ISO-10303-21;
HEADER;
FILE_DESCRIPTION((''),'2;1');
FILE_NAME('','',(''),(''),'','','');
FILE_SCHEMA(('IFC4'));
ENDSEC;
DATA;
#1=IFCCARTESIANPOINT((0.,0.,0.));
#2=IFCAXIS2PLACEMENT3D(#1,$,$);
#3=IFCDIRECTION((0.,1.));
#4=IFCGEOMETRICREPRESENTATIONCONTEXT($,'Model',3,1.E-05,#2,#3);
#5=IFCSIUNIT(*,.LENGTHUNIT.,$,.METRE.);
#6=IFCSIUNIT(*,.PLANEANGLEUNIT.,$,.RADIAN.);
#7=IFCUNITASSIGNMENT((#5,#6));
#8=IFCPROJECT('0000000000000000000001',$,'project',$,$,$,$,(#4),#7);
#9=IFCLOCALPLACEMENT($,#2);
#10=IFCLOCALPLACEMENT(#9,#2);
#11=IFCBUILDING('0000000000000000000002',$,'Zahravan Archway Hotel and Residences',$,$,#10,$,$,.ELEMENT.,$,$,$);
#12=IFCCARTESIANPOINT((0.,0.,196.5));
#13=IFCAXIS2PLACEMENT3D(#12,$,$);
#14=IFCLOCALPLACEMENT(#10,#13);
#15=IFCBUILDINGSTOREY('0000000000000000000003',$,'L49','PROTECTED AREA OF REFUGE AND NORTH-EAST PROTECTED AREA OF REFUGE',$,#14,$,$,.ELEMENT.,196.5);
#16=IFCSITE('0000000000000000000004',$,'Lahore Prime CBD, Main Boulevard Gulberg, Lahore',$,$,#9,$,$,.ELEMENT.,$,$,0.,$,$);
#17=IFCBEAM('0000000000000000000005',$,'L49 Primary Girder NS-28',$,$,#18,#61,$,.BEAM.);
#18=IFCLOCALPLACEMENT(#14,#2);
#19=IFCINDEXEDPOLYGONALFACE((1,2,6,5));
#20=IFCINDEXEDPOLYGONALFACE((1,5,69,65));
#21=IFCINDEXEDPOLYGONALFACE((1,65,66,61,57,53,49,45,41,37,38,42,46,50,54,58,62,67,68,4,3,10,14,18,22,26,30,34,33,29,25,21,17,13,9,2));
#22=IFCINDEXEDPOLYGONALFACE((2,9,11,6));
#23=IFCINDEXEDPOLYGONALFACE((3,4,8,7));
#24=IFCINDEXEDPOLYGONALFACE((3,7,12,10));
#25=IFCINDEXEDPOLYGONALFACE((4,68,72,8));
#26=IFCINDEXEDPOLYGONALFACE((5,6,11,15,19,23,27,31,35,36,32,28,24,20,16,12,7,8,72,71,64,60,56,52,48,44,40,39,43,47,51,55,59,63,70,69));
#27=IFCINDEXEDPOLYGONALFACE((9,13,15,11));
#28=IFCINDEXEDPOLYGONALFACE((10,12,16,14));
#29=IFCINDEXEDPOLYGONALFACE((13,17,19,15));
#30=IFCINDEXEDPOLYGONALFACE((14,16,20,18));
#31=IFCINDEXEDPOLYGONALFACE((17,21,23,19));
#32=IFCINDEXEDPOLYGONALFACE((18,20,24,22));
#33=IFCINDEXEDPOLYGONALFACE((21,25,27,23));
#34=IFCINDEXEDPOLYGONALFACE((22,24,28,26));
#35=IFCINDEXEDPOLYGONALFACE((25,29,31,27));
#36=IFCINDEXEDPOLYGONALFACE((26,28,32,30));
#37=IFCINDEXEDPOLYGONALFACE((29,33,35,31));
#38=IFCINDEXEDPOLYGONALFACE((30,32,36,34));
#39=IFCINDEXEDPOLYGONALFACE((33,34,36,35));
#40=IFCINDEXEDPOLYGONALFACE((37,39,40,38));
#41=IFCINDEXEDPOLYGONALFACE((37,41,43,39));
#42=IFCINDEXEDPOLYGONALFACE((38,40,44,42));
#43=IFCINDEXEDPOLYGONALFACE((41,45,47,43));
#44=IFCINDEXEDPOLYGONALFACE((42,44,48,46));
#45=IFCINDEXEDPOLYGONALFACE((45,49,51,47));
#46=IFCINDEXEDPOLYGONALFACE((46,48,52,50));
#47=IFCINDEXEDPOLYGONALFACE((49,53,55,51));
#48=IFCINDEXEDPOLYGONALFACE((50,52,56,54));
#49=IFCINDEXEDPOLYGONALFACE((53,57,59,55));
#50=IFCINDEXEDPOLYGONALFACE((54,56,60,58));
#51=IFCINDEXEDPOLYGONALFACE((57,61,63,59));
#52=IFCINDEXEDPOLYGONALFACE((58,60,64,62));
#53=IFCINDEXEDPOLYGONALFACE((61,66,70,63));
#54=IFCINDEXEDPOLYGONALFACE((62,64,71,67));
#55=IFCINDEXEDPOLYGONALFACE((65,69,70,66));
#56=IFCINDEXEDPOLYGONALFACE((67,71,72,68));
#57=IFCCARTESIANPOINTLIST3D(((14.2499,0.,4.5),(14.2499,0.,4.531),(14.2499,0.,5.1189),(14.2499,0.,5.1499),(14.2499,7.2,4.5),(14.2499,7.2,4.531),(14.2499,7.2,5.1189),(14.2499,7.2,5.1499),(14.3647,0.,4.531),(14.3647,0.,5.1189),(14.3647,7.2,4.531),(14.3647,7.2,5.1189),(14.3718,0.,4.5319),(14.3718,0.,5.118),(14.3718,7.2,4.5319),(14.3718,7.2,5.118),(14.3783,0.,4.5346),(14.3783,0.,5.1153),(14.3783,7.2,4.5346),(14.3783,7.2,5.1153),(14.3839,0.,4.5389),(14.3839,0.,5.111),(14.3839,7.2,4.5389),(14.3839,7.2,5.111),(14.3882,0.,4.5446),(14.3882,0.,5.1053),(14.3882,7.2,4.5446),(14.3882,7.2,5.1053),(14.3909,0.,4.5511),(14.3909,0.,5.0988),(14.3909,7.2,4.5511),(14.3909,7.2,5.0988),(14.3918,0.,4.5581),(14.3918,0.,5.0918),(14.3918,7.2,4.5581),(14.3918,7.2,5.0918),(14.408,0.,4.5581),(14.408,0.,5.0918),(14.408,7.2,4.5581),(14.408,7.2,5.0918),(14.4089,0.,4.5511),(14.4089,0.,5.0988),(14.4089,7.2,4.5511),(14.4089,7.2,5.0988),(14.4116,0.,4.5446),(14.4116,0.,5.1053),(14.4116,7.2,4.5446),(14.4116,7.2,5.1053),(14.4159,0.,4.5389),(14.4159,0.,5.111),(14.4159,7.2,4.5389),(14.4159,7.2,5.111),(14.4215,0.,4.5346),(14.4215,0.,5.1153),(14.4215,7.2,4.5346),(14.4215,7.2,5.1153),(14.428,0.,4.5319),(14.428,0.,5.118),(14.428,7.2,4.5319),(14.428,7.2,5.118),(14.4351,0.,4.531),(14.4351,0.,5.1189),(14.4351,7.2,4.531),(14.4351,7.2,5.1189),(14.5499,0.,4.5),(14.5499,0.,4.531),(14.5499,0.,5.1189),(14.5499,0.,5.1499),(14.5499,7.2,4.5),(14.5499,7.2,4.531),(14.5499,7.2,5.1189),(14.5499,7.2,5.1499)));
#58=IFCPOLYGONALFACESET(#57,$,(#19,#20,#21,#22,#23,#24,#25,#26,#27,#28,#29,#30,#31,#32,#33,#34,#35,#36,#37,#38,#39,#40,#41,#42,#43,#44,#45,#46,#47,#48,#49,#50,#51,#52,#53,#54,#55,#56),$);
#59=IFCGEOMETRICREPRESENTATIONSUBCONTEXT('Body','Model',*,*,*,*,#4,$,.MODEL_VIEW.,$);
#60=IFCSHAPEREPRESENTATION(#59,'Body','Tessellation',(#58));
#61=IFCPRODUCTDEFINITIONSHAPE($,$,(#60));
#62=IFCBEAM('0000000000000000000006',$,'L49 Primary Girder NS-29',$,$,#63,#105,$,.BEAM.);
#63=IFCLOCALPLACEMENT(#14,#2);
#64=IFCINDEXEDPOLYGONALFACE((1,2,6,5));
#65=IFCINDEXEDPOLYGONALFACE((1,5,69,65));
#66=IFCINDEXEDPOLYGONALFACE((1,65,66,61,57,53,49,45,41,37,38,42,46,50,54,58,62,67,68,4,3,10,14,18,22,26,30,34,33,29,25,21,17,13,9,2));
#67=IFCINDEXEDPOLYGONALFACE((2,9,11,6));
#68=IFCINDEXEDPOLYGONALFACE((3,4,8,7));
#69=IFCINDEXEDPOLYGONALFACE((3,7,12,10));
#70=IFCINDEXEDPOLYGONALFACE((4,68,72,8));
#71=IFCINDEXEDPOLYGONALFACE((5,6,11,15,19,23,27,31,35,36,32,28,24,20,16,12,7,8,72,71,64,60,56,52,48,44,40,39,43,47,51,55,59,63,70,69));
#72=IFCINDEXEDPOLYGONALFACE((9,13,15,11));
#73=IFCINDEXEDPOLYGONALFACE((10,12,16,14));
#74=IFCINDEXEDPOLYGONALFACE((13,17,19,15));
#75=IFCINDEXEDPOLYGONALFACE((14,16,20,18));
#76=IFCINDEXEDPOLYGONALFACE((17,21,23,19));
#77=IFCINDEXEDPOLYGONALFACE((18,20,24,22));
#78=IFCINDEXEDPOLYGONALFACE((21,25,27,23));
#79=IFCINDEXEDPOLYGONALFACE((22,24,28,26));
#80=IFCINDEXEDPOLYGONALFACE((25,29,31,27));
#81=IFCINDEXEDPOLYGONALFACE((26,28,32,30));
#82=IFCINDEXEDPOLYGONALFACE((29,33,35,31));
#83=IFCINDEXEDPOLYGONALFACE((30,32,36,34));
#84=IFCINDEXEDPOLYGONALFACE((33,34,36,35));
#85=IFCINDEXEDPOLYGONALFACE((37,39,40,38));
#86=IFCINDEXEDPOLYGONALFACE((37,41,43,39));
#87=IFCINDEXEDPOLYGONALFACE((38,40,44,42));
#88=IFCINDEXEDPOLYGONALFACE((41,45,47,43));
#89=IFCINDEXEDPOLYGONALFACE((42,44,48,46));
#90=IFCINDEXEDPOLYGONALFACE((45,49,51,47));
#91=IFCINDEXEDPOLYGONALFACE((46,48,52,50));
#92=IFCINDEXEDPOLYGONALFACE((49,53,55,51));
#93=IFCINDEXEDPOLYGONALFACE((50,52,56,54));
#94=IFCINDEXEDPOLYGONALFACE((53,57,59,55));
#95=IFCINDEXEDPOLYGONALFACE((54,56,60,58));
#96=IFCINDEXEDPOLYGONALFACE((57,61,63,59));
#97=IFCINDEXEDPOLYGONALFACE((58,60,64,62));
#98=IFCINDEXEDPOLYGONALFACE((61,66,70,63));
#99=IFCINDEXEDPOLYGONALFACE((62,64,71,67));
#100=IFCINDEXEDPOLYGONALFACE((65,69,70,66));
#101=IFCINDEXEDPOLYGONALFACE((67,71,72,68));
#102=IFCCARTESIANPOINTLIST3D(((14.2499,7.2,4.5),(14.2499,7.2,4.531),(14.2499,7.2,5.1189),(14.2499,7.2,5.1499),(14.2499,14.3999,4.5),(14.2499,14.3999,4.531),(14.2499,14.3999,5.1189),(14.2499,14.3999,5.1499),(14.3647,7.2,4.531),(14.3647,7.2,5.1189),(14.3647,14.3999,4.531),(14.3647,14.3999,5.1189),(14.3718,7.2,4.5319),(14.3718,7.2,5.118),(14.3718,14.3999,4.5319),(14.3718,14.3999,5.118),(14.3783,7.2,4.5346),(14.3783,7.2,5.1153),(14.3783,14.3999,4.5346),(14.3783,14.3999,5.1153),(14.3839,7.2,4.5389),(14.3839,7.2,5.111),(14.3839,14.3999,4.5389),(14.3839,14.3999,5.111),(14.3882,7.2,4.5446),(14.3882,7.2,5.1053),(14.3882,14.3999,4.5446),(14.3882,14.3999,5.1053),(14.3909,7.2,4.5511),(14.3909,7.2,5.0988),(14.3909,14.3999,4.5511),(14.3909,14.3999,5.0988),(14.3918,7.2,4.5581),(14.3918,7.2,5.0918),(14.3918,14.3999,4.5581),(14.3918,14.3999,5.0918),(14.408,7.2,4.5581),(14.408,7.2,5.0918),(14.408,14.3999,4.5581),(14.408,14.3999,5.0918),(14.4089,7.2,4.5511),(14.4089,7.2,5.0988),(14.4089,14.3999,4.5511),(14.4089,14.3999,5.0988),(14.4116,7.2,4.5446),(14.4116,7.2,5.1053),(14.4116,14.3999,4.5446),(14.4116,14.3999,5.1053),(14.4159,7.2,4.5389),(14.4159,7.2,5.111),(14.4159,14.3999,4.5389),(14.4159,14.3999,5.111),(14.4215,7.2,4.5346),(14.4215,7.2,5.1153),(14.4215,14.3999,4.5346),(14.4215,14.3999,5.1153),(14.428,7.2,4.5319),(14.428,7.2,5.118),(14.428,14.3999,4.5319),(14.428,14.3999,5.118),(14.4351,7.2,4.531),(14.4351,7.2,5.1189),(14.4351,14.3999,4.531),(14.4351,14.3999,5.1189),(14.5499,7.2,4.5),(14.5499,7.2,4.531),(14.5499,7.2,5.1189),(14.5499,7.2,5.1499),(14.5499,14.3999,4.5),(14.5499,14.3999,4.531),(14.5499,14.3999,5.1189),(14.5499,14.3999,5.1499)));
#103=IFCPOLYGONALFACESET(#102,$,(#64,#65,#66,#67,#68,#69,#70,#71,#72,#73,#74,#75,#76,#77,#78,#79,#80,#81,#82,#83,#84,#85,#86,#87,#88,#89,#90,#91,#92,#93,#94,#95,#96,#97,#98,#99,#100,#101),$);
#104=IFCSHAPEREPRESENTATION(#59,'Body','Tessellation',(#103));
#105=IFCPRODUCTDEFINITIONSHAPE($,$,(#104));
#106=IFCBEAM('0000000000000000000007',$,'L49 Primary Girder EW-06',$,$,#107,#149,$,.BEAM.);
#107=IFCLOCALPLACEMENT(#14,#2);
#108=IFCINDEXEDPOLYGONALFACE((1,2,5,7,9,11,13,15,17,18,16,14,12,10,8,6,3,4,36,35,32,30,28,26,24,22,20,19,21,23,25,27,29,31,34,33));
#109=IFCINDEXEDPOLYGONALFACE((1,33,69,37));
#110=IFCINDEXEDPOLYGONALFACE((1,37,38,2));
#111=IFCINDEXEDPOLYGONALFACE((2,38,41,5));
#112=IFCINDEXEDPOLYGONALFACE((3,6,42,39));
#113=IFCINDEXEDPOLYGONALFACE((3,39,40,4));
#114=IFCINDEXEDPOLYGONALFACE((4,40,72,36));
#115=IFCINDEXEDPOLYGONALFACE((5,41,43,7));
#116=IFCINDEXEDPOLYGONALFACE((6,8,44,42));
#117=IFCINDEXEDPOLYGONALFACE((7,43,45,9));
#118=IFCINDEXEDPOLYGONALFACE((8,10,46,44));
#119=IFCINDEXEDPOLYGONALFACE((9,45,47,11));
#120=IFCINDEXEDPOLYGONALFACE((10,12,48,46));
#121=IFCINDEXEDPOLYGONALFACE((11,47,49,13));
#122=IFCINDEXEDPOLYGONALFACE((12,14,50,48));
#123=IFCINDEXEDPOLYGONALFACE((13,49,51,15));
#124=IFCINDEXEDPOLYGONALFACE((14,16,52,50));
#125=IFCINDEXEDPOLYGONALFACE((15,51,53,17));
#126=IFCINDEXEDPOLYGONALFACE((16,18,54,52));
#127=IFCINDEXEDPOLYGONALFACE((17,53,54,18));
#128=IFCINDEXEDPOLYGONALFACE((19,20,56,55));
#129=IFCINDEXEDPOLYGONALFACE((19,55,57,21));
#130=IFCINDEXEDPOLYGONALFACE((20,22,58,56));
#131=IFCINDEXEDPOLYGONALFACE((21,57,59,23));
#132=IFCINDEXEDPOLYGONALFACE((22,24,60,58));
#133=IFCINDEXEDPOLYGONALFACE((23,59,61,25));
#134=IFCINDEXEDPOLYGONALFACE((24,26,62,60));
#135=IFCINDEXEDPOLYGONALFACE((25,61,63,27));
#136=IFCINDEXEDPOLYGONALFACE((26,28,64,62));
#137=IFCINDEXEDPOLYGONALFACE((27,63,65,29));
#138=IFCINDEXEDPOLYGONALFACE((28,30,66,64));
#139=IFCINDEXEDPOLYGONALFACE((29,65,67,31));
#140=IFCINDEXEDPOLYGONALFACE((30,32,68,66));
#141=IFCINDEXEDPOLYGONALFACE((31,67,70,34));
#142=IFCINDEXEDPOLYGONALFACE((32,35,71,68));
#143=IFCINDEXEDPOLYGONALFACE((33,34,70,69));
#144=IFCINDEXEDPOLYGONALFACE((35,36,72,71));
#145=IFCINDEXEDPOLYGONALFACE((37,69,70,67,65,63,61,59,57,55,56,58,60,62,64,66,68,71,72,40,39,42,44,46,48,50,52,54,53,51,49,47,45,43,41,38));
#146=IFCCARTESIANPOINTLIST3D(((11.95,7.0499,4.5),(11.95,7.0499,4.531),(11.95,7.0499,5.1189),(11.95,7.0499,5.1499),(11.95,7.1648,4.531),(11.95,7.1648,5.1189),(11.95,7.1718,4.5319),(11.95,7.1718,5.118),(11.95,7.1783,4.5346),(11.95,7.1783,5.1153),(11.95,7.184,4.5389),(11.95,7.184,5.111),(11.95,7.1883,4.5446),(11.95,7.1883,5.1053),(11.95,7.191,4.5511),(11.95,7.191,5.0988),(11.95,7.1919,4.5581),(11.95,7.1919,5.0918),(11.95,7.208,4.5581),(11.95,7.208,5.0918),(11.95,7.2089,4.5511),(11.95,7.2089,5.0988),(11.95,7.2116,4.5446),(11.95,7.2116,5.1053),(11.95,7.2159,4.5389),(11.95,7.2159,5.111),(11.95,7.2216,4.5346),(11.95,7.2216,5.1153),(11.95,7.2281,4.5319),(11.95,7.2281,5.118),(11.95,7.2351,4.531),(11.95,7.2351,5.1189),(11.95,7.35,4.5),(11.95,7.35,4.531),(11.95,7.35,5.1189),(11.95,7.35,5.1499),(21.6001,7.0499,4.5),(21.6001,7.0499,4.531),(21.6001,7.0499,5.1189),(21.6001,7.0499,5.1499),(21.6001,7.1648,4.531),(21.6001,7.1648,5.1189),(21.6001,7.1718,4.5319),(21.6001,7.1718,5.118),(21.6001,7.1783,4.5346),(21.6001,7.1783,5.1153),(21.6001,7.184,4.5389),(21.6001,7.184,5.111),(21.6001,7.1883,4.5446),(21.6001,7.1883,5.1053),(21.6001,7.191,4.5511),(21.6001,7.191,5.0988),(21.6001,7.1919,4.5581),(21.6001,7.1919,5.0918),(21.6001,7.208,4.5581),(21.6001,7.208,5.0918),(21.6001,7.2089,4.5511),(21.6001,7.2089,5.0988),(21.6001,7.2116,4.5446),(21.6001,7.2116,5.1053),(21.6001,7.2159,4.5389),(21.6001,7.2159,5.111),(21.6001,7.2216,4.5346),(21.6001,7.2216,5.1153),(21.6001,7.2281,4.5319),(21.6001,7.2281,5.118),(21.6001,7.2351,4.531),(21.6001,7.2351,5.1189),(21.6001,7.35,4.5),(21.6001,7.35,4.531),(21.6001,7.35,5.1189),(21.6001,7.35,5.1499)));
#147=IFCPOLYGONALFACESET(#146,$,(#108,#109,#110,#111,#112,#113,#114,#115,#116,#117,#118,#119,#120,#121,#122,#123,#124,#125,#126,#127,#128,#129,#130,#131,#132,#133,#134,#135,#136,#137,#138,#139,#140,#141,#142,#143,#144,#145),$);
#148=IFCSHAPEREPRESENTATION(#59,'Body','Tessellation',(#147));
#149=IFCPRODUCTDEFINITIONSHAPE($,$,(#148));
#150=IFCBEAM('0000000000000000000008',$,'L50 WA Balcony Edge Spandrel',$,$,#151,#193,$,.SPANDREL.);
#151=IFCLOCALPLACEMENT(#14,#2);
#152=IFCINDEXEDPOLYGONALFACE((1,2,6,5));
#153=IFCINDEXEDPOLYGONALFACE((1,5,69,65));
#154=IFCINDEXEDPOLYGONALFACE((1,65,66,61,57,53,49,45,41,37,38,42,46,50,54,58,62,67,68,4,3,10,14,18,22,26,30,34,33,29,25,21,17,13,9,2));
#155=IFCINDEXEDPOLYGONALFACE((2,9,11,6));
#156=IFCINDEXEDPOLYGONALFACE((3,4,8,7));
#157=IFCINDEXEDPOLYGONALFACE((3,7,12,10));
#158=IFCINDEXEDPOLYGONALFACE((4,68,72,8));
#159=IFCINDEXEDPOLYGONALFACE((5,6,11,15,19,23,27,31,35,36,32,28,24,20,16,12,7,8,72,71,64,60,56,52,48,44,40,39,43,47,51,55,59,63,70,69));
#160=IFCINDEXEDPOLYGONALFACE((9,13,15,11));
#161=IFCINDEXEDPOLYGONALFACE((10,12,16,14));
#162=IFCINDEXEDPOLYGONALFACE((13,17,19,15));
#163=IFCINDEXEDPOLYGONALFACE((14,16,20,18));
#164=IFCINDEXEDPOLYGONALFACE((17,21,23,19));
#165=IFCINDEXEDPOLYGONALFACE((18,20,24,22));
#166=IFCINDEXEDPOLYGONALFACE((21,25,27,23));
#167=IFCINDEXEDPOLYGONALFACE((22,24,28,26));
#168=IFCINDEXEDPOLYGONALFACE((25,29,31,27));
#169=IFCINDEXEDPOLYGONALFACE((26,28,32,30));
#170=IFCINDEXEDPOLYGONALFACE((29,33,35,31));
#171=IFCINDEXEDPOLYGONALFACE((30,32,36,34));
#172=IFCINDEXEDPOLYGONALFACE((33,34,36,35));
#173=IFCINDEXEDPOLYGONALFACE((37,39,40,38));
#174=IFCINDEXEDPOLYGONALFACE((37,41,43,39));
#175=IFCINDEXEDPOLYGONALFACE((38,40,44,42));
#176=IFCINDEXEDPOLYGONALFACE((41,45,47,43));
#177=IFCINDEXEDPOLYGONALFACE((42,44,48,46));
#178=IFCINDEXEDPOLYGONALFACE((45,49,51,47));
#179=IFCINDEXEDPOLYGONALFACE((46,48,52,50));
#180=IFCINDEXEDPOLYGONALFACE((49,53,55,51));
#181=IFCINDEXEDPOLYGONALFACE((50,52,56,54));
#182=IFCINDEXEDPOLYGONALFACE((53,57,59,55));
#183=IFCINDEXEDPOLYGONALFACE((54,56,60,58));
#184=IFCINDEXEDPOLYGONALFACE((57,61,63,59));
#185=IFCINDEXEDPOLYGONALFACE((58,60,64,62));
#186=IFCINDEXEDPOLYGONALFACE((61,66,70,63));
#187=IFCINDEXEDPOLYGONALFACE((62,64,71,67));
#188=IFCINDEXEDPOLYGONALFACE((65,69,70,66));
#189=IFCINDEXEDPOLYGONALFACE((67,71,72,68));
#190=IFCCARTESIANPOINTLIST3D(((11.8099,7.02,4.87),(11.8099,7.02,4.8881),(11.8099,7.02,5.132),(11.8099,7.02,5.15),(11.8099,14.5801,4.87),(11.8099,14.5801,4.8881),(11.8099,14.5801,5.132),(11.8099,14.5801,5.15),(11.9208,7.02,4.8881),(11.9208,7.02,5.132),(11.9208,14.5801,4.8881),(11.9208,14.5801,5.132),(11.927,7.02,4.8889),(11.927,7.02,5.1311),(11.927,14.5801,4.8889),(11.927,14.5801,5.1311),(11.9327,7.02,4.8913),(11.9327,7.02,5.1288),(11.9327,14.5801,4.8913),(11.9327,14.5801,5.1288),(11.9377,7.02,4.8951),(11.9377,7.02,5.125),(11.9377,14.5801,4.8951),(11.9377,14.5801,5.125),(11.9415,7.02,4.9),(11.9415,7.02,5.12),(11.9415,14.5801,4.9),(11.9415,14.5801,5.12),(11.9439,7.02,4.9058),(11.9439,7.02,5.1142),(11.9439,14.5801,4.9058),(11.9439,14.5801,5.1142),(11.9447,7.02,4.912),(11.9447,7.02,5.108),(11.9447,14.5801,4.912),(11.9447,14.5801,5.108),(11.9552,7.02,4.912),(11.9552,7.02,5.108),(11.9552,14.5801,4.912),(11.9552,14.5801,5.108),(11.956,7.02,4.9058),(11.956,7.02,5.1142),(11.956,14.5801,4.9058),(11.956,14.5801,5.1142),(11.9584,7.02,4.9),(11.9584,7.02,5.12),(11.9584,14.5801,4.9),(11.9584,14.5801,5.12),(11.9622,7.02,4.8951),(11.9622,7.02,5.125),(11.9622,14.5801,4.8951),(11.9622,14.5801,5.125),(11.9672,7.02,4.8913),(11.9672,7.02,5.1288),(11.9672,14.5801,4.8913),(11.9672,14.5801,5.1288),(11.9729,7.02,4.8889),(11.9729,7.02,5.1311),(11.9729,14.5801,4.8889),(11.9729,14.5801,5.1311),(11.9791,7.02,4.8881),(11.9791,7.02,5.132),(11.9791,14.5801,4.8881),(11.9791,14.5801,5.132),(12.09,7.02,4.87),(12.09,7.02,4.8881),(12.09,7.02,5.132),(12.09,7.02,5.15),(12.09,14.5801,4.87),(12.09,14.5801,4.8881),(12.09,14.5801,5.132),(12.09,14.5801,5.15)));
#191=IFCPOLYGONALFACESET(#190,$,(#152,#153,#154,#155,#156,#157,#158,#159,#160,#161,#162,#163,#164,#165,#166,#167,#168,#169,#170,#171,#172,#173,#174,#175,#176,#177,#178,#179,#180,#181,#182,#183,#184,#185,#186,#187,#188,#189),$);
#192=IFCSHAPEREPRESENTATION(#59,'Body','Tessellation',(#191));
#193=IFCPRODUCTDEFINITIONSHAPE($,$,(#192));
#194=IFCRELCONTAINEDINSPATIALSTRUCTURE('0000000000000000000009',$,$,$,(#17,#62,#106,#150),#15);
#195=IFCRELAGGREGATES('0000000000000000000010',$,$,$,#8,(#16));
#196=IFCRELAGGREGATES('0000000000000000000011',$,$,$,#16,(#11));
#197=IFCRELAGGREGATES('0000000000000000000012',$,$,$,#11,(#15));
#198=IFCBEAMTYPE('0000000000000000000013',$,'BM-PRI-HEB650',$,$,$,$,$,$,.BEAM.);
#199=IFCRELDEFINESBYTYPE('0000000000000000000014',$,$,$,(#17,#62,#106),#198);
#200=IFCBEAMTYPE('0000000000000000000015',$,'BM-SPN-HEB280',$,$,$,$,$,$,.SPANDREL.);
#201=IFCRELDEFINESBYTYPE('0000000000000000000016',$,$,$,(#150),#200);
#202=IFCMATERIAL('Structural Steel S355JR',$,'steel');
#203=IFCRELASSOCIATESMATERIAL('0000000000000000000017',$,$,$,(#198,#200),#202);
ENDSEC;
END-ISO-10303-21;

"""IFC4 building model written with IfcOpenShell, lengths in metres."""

from ifc_helpers import new_model, si_unit, direction, frame, origin, origin_2d, place, context, subcontext, project, spatial, i_section, extrude, source, transform, mapped, material, material_profile, profile_set, type_object, type_shapes, element, save


model = new_model("IFC4")

# Units and contexts
model_context = context("Model", 3, precision=1e-05, world=origin(), true_north=direction((0.0, 1.0)))
body_context = subcontext(model_context, "Body", "Model", "MODEL_VIEW")
ifc_project = project(units=[si_unit("LENGTHUNIT", "METRE"), si_unit("PLANEANGLEUNIT", "RADIAN")], contexts=[model_context])

# Site, building, storey
site_placement = place(None, origin())
site = spatial("IfcSite", under=ifc_project, at=site_placement, Name="Lahore Prime CBD, Main Boulevard Gulberg, Lahore", CompositionType="ELEMENT", RefElevation=0.0)
building_placement = place(site_placement, origin())
building = spatial("IfcBuilding", under=site, at=building_placement, Name="Zahravan Archway Hotel and Residences", CompositionType="ELEMENT")
storey_placement = place(building_placement, frame((0.0, 0.0, 196.5)))
storey = spatial("IfcBuildingStorey", under=building, at=storey_placement, Name="L49", Description="PROTECTED AREA OF REFUGE AND NORTH-EAST PROTECTED AREA OF REFUGE", CompositionType="ELEMENT", Elevation=196.5)

# Beams
ifc_material_1 = material(Name="Structural Steel S355JR", Category="steel")
ifc_material_profile_1 = material_profile(ifc_material_1, i_section(OverallWidth=0.3, OverallDepth=0.6499, WebThickness=0.0161, FlangeThickness=0.031, FilletRadius=0.0271, at=origin_2d()), Name="HEB 650", Category="steel")
ifc_profile_set_1 = profile_set([ifc_material_profile_1], Name="Structural Steel S355JR")
beam_type_1 = type_object("IfcBeamType", Name="BM-PRI-HEB650", PredefinedType="BEAM", material=ifc_profile_set_1)
shared_shape_1 = source(origin(), body_context, "Body", "SweptSolid", [
    extrude(i_section(OverallWidth=0.3, OverallDepth=0.6499, WebThickness=0.0161, FlangeThickness=0.031, FilletRadius=0.0271, at=origin_2d()), origin(), (0.0, 0.0, 1.0), 7.2),
])
for number, where, z_axis, x_axis, name in (
    (1, (14.3999, 0.0, 4.825), (0.0, 1.0, 0.0), (-1.0, 0.0, 0.0), "L49 Primary Girder NS-28"),
    (2, (14.3999, 7.2, 4.825), (0.0, 1.0, 0.0), (-1.0, 0.0, 0.0), "L49 Primary Girder NS-29"),
):
    element("IfcBeam", number, at=place(storey_placement, frame(where, z_axis=z_axis, x_axis=x_axis)), inside=storey, type_object=beam_type_1, Name=name, PredefinedType="BEAM", context=body_context, shape_type="MappedRepresentation", body=[
        mapped(shared_shape_1, transform((0.0, 0.0, 0.0), scale=1.0)),
    ])
shared_shape_2 = source(origin(), body_context, "Body", "SweptSolid", [
    extrude(i_section(OverallWidth=0.3, OverallDepth=0.6499, WebThickness=0.0161, FlangeThickness=0.031, FilletRadius=0.0271, at=origin_2d()), origin(), (0.0, 0.0, 1.0), 9.6501),
])
beam_1_placement = place(storey_placement, frame((11.95, 7.2, 4.825), z_axis=(1.0, 0.0, 0.0), x_axis=(0.0, 1.0, 0.0)))
element("IfcBeam", 3, at=beam_1_placement, inside=storey, type_object=beam_type_1, Name="L49 Primary Girder EW-06", PredefinedType="BEAM", context=body_context, shape_type="MappedRepresentation", body=[
    mapped(shared_shape_2, transform((0.0, 0.0, 0.0), scale=1.0)),
])
ifc_material_profile_2 = material_profile(ifc_material_1, i_section(OverallWidth=0.28, OverallDepth=0.28, WebThickness=0.0105, FlangeThickness=0.0181, FilletRadius=0.0239, at=origin_2d()), Name="HEB 280", Category="steel")
ifc_profile_set_2 = profile_set([ifc_material_profile_2], Name="Structural Steel S355JR")
beam_type_2 = type_object("IfcBeamType", Name="BM-SPN-HEB280", PredefinedType="SPANDREL", material=ifc_profile_set_2)
shared_shape_3 = source(origin(), body_context, "Body", "SweptSolid", [
    extrude(i_section(OverallWidth=0.28, OverallDepth=0.28, WebThickness=0.0105, FlangeThickness=0.0181, FilletRadius=0.0239, at=origin_2d()), origin(), (0.0, 0.0, 1.0), 7.5601),
])
type_shapes(beam_type_2, [shared_shape_3])
beam_2_placement = place(storey_placement, frame((11.95, 7.02, 5.01), z_axis=(0.0, 1.0, 0.0), x_axis=(-1.0, 0.0, 0.0)))
element("IfcBeam", 4, at=beam_2_placement, inside=storey, type_object=beam_type_2, Name="L50 WA Balcony Edge Spandrel", PredefinedType="SPANDREL", context=body_context, shape_type="MappedRepresentation", body=[
    mapped(shared_shape_3, transform((0.0, 0.0, 0.0), scale=1.0)),
])

save(model, "model.ifc")
